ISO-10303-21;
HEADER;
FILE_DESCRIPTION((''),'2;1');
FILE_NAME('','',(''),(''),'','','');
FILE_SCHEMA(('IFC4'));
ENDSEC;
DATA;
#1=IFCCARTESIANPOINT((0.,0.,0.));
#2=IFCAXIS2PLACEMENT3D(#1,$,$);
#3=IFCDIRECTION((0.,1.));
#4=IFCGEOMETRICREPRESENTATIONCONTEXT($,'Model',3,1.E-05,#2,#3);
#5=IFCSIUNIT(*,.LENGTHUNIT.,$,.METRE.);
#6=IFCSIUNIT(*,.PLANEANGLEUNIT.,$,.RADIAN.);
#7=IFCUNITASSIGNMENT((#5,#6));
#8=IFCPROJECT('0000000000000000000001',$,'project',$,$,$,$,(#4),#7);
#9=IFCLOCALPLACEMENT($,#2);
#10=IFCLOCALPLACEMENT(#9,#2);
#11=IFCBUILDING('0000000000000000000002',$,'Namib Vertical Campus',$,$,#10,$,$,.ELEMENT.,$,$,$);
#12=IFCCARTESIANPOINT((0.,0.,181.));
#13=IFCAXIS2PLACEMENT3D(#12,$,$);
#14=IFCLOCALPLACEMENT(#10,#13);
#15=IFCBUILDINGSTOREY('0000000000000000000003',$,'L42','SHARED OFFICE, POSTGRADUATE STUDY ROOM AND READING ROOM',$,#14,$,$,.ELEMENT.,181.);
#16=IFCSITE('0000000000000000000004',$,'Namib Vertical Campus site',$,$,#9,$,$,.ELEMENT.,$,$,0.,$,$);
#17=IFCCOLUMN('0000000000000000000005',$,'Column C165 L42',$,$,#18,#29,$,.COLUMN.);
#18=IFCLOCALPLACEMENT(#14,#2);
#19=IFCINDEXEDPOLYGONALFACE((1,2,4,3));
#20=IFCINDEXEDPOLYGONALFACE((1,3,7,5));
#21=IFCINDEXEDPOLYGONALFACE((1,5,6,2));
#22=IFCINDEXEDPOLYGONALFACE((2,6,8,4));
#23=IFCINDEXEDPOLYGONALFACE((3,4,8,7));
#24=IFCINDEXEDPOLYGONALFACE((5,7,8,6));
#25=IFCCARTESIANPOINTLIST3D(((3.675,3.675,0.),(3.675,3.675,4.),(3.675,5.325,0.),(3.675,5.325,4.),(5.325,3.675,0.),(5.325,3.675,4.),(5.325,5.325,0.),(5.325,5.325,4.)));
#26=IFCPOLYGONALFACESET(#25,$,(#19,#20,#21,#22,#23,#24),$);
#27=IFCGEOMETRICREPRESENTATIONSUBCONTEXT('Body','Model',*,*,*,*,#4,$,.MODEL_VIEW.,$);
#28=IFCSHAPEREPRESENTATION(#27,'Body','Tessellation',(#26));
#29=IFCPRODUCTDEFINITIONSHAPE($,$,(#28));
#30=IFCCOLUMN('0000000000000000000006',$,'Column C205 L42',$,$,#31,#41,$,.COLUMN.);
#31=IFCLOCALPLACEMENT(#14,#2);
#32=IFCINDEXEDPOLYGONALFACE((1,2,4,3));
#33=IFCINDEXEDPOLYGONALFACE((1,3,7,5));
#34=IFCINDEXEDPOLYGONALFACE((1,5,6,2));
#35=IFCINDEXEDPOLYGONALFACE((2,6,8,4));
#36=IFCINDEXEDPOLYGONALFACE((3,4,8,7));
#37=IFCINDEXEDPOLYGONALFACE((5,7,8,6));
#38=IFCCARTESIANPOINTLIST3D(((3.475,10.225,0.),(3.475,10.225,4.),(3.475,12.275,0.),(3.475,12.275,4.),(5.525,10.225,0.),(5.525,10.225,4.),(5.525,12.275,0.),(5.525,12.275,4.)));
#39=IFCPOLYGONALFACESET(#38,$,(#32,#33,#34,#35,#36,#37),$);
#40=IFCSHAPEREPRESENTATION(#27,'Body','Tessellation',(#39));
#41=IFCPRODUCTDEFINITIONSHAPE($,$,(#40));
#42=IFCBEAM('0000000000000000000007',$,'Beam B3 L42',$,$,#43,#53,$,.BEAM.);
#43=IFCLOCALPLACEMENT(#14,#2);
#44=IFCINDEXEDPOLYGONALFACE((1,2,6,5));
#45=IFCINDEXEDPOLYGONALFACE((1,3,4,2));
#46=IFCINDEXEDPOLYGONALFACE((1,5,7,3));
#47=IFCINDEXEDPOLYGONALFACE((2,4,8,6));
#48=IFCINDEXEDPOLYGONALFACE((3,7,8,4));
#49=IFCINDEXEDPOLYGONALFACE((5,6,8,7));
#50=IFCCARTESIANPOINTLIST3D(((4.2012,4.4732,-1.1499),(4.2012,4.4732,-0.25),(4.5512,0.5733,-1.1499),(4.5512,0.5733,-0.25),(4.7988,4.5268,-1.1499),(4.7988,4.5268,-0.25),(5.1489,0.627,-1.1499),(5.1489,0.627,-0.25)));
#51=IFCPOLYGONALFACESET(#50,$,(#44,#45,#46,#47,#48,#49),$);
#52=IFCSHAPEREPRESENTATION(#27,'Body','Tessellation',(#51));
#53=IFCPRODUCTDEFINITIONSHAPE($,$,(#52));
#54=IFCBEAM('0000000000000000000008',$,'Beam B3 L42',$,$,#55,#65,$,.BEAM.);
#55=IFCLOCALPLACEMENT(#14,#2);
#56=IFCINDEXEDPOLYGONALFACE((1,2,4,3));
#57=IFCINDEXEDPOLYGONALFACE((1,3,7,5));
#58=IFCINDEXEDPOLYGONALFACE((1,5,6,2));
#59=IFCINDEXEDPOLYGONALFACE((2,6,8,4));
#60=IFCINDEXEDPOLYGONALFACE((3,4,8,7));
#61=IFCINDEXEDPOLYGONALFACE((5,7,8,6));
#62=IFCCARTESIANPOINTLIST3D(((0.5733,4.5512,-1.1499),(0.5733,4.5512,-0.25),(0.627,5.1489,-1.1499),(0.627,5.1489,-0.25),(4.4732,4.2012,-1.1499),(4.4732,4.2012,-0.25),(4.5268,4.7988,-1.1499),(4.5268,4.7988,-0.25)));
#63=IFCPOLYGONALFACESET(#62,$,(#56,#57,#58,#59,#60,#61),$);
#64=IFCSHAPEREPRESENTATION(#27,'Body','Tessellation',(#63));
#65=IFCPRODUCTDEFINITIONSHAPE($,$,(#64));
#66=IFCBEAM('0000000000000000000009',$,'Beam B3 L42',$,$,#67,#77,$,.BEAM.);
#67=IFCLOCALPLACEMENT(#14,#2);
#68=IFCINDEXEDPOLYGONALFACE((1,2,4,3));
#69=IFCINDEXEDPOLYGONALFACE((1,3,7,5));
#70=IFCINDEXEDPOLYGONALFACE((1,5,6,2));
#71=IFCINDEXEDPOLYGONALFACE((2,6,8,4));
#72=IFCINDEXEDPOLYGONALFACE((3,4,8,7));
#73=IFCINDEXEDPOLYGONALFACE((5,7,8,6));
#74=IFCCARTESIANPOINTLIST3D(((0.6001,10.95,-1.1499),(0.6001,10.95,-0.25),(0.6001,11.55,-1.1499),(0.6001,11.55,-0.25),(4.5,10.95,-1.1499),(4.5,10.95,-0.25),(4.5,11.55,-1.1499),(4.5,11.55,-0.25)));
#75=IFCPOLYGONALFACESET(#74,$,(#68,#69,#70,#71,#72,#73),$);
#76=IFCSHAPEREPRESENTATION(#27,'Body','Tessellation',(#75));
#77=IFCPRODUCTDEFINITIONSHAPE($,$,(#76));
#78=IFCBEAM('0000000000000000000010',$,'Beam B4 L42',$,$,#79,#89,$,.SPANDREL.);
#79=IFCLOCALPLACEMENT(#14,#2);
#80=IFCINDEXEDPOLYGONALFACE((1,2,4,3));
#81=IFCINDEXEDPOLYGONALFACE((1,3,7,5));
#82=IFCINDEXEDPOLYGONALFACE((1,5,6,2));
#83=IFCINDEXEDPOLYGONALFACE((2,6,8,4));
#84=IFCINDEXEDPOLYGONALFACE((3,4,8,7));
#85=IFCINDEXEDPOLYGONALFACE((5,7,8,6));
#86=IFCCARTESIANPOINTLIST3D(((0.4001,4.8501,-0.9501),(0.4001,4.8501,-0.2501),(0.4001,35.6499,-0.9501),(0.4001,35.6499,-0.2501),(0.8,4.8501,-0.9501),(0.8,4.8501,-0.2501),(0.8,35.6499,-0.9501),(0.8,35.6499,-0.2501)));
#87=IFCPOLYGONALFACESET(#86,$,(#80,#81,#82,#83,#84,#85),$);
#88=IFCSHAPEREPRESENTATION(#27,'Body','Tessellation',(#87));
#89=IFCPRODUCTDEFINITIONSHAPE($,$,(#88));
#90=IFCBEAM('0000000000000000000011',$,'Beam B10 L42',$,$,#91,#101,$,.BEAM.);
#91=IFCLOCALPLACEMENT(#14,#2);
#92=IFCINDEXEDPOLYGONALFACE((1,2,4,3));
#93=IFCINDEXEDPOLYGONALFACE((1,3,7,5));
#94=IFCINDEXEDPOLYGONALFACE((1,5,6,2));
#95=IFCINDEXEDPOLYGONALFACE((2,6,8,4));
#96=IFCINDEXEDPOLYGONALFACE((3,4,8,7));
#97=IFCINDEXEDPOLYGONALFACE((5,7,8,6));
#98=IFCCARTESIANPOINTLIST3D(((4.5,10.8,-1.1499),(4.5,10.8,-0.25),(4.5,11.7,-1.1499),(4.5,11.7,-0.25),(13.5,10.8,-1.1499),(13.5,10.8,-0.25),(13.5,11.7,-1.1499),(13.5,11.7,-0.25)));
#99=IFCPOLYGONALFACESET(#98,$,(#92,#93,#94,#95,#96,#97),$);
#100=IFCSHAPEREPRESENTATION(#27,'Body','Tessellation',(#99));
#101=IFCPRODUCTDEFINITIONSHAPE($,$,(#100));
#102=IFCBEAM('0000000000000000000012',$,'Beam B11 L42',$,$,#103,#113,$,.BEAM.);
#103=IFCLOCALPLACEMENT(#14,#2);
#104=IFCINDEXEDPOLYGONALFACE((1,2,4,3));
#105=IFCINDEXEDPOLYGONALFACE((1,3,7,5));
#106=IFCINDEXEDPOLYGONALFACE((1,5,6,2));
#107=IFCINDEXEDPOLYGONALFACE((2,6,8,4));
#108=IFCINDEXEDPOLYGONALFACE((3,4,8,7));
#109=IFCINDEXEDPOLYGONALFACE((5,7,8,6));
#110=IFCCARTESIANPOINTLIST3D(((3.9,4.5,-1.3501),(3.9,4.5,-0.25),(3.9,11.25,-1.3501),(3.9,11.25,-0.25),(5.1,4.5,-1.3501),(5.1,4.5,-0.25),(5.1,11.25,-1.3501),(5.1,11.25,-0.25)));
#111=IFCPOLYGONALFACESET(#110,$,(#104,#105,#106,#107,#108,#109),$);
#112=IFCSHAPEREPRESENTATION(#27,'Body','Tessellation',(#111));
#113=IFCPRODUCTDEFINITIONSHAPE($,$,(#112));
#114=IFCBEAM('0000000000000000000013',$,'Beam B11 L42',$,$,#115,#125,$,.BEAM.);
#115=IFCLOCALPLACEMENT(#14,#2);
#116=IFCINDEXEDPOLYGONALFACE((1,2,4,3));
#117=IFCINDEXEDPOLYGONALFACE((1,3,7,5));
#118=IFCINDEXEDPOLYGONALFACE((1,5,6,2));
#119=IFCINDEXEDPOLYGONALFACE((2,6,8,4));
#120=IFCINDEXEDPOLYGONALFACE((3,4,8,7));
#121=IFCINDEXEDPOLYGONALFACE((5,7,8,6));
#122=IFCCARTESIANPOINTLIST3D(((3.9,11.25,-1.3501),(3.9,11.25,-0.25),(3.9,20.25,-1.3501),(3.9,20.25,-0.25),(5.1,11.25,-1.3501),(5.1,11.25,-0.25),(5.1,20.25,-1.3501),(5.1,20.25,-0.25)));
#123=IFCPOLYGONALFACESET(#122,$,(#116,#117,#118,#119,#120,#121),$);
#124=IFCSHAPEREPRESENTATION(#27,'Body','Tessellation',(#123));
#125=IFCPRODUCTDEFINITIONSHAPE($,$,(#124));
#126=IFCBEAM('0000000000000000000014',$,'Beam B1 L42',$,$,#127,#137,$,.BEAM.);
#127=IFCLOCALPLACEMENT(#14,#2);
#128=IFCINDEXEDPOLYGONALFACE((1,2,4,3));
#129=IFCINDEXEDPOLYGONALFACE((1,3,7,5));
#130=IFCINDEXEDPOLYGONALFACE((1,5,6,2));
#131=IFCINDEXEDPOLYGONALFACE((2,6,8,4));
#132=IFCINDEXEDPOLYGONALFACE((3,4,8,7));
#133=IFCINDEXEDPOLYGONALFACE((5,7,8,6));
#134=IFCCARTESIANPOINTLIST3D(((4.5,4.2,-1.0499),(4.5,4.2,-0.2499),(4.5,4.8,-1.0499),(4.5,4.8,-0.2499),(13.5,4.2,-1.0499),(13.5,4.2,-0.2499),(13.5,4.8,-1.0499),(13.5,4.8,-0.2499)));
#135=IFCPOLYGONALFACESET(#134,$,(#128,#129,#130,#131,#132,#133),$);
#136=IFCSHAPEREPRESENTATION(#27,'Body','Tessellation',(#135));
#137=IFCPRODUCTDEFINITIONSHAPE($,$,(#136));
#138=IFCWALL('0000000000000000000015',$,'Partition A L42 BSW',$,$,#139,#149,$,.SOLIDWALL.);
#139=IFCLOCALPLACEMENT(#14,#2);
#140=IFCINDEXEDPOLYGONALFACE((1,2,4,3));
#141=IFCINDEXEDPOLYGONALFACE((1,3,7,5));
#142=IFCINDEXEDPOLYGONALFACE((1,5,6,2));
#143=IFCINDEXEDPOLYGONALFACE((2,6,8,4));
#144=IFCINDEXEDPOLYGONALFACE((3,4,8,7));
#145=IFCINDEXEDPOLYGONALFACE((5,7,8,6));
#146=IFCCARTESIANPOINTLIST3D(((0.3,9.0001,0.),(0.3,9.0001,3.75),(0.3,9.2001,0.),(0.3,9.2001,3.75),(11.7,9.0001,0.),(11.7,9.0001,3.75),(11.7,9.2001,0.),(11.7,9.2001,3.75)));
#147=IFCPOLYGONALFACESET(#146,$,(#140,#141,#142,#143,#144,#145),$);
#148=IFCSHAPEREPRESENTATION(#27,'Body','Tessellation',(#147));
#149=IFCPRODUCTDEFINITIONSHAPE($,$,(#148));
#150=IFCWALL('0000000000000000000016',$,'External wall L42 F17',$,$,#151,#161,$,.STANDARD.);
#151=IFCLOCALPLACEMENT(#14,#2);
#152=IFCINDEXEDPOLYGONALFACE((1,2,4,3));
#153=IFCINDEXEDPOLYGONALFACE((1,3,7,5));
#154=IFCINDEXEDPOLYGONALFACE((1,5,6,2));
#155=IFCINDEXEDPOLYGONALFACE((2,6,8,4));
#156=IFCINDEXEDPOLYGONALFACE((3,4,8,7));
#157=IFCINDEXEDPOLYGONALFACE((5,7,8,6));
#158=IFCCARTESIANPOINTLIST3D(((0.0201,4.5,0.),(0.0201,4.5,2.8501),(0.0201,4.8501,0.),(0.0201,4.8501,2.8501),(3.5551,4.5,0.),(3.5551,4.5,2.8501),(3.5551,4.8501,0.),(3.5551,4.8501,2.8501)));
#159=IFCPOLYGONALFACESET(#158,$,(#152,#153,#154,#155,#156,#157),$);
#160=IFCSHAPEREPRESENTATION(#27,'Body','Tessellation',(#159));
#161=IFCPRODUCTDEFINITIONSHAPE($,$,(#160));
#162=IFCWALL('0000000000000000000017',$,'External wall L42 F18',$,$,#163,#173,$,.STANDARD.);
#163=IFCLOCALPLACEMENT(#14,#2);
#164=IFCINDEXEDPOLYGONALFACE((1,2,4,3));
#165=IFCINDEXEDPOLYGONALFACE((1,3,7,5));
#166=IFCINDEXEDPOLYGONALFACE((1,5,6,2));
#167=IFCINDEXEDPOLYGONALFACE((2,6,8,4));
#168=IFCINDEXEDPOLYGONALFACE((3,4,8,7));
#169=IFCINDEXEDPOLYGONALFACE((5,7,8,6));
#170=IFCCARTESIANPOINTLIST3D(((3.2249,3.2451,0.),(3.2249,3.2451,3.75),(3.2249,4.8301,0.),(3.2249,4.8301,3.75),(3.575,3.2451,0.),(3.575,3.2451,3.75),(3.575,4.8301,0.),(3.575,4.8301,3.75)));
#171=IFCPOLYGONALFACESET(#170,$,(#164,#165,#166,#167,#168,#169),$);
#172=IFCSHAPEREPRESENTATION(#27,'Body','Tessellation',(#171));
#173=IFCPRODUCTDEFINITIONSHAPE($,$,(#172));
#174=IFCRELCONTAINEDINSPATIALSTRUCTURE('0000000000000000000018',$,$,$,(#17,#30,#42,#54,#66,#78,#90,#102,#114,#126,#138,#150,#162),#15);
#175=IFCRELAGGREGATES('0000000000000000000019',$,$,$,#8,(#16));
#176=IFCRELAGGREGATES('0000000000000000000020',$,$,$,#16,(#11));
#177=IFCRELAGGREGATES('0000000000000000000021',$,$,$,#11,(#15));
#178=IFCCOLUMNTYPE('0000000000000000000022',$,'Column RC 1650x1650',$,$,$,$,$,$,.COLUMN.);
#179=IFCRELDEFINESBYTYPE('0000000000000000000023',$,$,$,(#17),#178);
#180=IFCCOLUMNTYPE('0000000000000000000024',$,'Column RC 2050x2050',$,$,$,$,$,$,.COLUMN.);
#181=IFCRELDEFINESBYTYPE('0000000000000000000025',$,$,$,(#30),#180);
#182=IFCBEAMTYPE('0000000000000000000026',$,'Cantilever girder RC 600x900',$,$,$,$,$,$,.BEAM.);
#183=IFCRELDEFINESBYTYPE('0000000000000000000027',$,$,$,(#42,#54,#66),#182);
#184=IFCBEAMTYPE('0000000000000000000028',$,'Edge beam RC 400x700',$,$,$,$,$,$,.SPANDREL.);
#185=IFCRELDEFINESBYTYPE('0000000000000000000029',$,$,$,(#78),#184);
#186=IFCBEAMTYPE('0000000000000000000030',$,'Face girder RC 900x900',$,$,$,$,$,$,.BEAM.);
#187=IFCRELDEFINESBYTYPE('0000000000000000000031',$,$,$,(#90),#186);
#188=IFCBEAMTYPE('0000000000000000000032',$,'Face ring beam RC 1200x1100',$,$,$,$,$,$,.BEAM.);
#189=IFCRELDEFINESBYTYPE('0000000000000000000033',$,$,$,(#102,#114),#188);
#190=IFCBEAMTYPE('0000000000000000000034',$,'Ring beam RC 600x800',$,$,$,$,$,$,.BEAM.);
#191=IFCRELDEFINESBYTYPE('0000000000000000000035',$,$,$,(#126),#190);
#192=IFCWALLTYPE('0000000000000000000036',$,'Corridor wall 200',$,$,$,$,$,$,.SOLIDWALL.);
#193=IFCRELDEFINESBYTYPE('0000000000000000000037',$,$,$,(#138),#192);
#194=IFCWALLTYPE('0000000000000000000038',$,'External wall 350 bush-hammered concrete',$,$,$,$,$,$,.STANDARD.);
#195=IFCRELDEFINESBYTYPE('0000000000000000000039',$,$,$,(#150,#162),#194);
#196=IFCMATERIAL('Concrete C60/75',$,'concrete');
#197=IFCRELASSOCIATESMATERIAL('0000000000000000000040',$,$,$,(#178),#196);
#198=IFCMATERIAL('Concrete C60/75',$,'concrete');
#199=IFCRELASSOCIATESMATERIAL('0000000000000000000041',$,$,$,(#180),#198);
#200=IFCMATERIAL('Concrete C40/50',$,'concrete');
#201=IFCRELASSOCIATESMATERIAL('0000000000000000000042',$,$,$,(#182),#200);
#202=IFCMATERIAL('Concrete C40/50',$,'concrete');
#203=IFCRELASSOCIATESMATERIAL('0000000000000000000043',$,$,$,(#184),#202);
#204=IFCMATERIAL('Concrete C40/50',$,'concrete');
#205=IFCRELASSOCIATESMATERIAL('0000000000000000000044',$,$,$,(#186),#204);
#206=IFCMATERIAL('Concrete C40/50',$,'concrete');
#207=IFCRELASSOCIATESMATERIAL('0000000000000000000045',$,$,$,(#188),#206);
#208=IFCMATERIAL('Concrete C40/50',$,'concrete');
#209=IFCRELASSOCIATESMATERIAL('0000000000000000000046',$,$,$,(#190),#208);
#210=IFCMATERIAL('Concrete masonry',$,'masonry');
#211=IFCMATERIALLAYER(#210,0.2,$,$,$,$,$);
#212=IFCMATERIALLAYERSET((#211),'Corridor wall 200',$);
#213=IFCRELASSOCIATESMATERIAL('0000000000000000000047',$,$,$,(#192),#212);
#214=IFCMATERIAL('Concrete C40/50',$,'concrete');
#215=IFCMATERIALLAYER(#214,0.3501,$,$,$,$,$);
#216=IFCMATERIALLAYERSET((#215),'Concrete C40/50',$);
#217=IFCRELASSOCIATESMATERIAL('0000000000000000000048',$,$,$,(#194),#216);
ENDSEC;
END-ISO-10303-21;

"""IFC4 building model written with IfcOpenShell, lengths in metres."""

from ifc_helpers import new_model, si_unit, direction, frame, frame_2d, origin, origin_2d, place, context, subcontext, project, spatial, rectangle, extrude, material, layer, layer_set, material_profile, profile_set, type_object, element, save


model = new_model("IFC4")

# Units and contexts
model_context = context("Model", 3, precision=1e-05, world=origin(), true_north=direction((0.0, 1.0)))
body_context = subcontext(model_context, "Body", "Model", "MODEL_VIEW")
ifc_project = project(units=[si_unit("LENGTHUNIT", "METRE"), si_unit("PLANEANGLEUNIT", "RADIAN")], contexts=[model_context])

# Site, building, storey
site_placement = place(None, origin())
site = spatial("IfcSite", under=ifc_project, at=site_placement, Name="Namib Vertical Campus site", CompositionType="ELEMENT", RefElevation=0.0)
building_placement = place(site_placement, origin())
building = spatial("IfcBuilding", under=site, at=building_placement, Name="Namib Vertical Campus", CompositionType="ELEMENT")
storey_placement = place(building_placement, frame((0.0, 0.0, 181.0)))
storey = spatial("IfcBuildingStorey", under=building, at=storey_placement, Name="L42", Description="SHARED OFFICE, POSTGRADUATE STUDY ROOM AND READING ROOM", CompositionType="ELEMENT", Elevation=181.0)

# Columns
ifc_material_1 = material(Name="Concrete C60/75", Category="concrete")
ifc_material_profile_1 = material_profile(ifc_material_1, rectangle(XDim=1.6499, YDim=1.6499, at=origin_2d()))
ifc_profile_set_1 = profile_set([ifc_material_profile_1], Name="Concrete C60/75")
column_type_1 = type_object("IfcColumnType", Name="Column RC 1650x1650", PredefinedType="COLUMN", material=ifc_profile_set_1)
column_1_placement = place(storey_placement, frame((4.5, 4.5, 0.0), z_axis=(0.0, 0.0, 1.0), x_axis=(1.0, 0.0, 0.0)))
element("IfcColumn", 1, at=column_1_placement, inside=storey, type_object=column_type_1, Name="Column C165 L42", PredefinedType="COLUMN", context=body_context, shape_type="SweptSolid", body=[
    extrude(rectangle(XDim=1.6499, YDim=1.6499, at=origin_2d()), origin(), (0.0, 0.0, 1.0), 4.0),
])
ifc_material_2 = material(Name="Concrete C60/75", Category="concrete")
ifc_material_profile_2 = material_profile(ifc_material_2, rectangle(XDim=2.05, YDim=2.05, at=origin_2d()))
ifc_profile_set_2 = profile_set([ifc_material_profile_2], Name="Concrete C60/75")
column_type_2 = type_object("IfcColumnType", Name="Column RC 2050x2050", PredefinedType="COLUMN", material=ifc_profile_set_2)
column_2_placement = place(storey_placement, frame((4.5, 11.25, 0.0), z_axis=(0.0, 0.0, 1.0), x_axis=(1.0, 0.0, 0.0)))
element("IfcColumn", 2, at=column_2_placement, inside=storey, type_object=column_type_2, Name="Column C205 L42", PredefinedType="COLUMN", context=body_context, shape_type="SweptSolid", body=[
    extrude(rectangle(XDim=2.05, YDim=2.05, at=origin_2d()), origin(), (0.0, 0.0, 1.0), 4.0),
])

# Beams
ifc_material_3 = material(Name="Concrete C40/50", Category="concrete")
ifc_material_profile_3 = material_profile(ifc_material_3, rectangle(XDim=0.6001, YDim=0.8999, at=origin_2d()))
ifc_profile_set_3 = profile_set([ifc_material_profile_3], Name="Concrete C40/50")
beam_type_1 = type_object("IfcBeamType", Name="Cantilever girder RC 600x900", PredefinedType="BEAM", material=ifc_profile_set_3)
for number, where, z_axis, x_axis, name in (
    (3, (4.5, 4.5, -0.7), (0.089411, -0.995995, 0.0), (0.995995, 0.089411, 0.0), "Beam B3 L42"),
    (4, (4.5, 4.5, -0.7), (-0.995995, 0.089411, 0.0), (-0.089411, -0.995995, 0.0), "Beam B3 L42"),
):
    element("IfcBeam", number, at=place(storey_placement, frame(where, z_axis=z_axis, x_axis=x_axis)), inside=storey, type_object=beam_type_1, Name=name, PredefinedType="BEAM", context=body_context, shape_type="SweptSolid", body=[
        extrude(rectangle(XDim=0.6001, YDim=0.8999, at=origin_2d()), origin(), (0.0, 0.0, 1.0), 3.9155),
    ])
beam_1_placement = place(storey_placement, frame((4.5, 11.25, -0.7), z_axis=(-1.0, 0.0, 0.0), x_axis=(0.0, -1.0, 0.0)))
element("IfcBeam", 5, at=beam_1_placement, inside=storey, type_object=beam_type_1, Name="Beam B3 L42", PredefinedType="BEAM", context=body_context, shape_type="SweptSolid", body=[
    extrude(rectangle(XDim=0.6001, YDim=0.8999, at=origin_2d()), origin(), (0.0, 0.0, 1.0), 3.8999),
])
ifc_material_4 = material(Name="Concrete C40/50", Category="concrete")
ifc_material_profile_4 = material_profile(ifc_material_4, rectangle(XDim=0.3999, YDim=0.7, at=origin_2d()))
ifc_profile_set_4 = profile_set([ifc_material_profile_4], Name="Concrete C40/50")
beam_type_2 = type_object("IfcBeamType", Name="Edge beam RC 400x700", PredefinedType="SPANDREL", material=ifc_profile_set_4)
beam_2_placement = place(storey_placement, frame((0.6001, 4.8501, -0.6001), z_axis=(0.0, 1.0, 0.0), x_axis=(-1.0, 0.0, 0.0)))
element("IfcBeam", 6, at=beam_2_placement, inside=storey, type_object=beam_type_2, Name="Beam B4 L42", PredefinedType="SPANDREL", context=body_context, shape_type="SweptSolid", body=[
    extrude(rectangle(XDim=0.3999, YDim=0.7, at=origin_2d()), origin(), (0.0, 0.0, 1.0), 30.7998),
])
ifc_material_5 = material(Name="Concrete C40/50", Category="concrete")
ifc_material_profile_5 = material_profile(ifc_material_5, rectangle(XDim=0.8999, YDim=0.8999, at=origin_2d()))
ifc_profile_set_5 = profile_set([ifc_material_profile_5], Name="Concrete C40/50")
beam_type_3 = type_object("IfcBeamType", Name="Face girder RC 900x900", PredefinedType="BEAM", material=ifc_profile_set_5)
beam_3_placement = place(storey_placement, frame((4.5, 11.25, -0.7), z_axis=(1.0, 0.0, 0.0), x_axis=(0.0, 1.0, 0.0)))
element("IfcBeam", 7, at=beam_3_placement, inside=storey, type_object=beam_type_3, Name="Beam B10 L42", PredefinedType="BEAM", context=body_context, shape_type="SweptSolid", body=[
    extrude(rectangle(XDim=0.8999, YDim=0.8999, at=origin_2d()), origin(), (0.0, 0.0, 1.0), 9.0),
])
ifc_material_6 = material(Name="Concrete C40/50", Category="concrete")
ifc_material_profile_6 = material_profile(ifc_material_6, rectangle(XDim=1.2, YDim=1.1001, at=origin_2d()))
ifc_profile_set_6 = profile_set([ifc_material_profile_6], Name="Concrete C40/50")
beam_type_4 = type_object("IfcBeamType", Name="Face ring beam RC 1200x1100", PredefinedType="BEAM", material=ifc_profile_set_6)
beam_4_placement = place(storey_placement, frame((4.5, 4.5, -0.8), z_axis=(0.0, 1.0, 0.0), x_axis=(-1.0, 0.0, 0.0)))
element("IfcBeam", 8, at=beam_4_placement, inside=storey, type_object=beam_type_4, Name="Beam B11 L42", PredefinedType="BEAM", context=body_context, shape_type="SweptSolid", body=[
    extrude(rectangle(XDim=1.2, YDim=1.1001, at=origin_2d()), origin(), (0.0, 0.0, 1.0), 6.75),
])
beam_5_placement = place(storey_placement, frame((4.5, 11.25, -0.8), z_axis=(0.0, 1.0, 0.0), x_axis=(-1.0, 0.0, 0.0)))
element("IfcBeam", 9, at=beam_5_placement, inside=storey, type_object=beam_type_4, Name="Beam B11 L42", PredefinedType="BEAM", context=body_context, shape_type="SweptSolid", body=[
    extrude(rectangle(XDim=1.2, YDim=1.1001, at=origin_2d()), origin(), (0.0, 0.0, 1.0), 9.0),
])
ifc_material_7 = material(Name="Concrete C40/50", Category="concrete")
ifc_material_profile_7 = material_profile(ifc_material_7, rectangle(XDim=0.6001, YDim=0.8, at=origin_2d()))
ifc_profile_set_7 = profile_set([ifc_material_profile_7], Name="Concrete C40/50")
beam_type_5 = type_object("IfcBeamType", Name="Ring beam RC 600x800", PredefinedType="BEAM", material=ifc_profile_set_7)
beam_6_placement = place(storey_placement, frame((4.5, 4.5, -0.6499), z_axis=(1.0, 0.0, 0.0), x_axis=(0.0, 1.0, 0.0)))
element("IfcBeam", 10, at=beam_6_placement, inside=storey, type_object=beam_type_5, Name="Beam B1 L42", PredefinedType="BEAM", context=body_context, shape_type="SweptSolid", body=[
    extrude(rectangle(XDim=0.6001, YDim=0.8, at=origin_2d()), origin(), (0.0, 0.0, 1.0), 9.0),
])

# Walls
ifc_material_8 = material(Name="Concrete masonry", Category="masonry")
ifc_layer_1 = layer(ifc_material_8, 0.2)
ifc_layer_set_1 = layer_set([ifc_layer_1], Name="Corridor wall 200")
wall_type_1 = type_object("IfcWallType", Name="Corridor wall 200", PredefinedType="SOLIDWALL", material=ifc_layer_set_1)
wall_1_placement = place(storey_placement, frame((0.3, 9.1001, 0.0), z_axis=(0.0, 0.0, 1.0), x_axis=(1.0, 0.0, 0.0)))
element("IfcWall", 11, at=wall_1_placement, inside=storey, type_object=wall_type_1, Name="Partition A L42 BSW", PredefinedType="SOLIDWALL", context=body_context, shape_type="SweptSolid", body=[
    extrude(rectangle(XDim=11.3999, YDim=0.2, at=frame_2d((5.7, 0.0))), origin(), (0.0, 0.0, 1.0), 3.75),
])
ifc_material_9 = material(Name="Concrete C40/50", Category="concrete")
ifc_layer_2 = layer(ifc_material_9, 0.3501)
ifc_layer_set_2 = layer_set([ifc_layer_2], Name="Concrete C40/50")
wall_type_2 = type_object("IfcWallType", Name="External wall 350 bush-hammered concrete", PredefinedType="STANDARD", material=ifc_layer_set_2)
wall_2_placement = place(storey_placement, frame((0.02, 4.675, 0.0), z_axis=(0.0, 0.0, 1.0), x_axis=(1.0, 0.0, 0.0)))
element("IfcWall", 12, at=wall_2_placement, inside=storey, type_object=wall_type_2, Name="External wall L42 F17", PredefinedType="STANDARD", context=body_context, shape_type="SweptSolid", body=[
    extrude(rectangle(XDim=3.5349, YDim=0.3501, at=frame_2d((1.7676, 0.0))), origin(), (0.0, 0.0, 1.0), 2.8501),
])
for number, where, z_axis, x_axis, name in (
    (13, (3.3999, 4.8301, 0.0), (0.0, 0.0, 1.0), (0.0, -1.0, 0.0), "External wall L42 F18"),
):
    element("IfcWall", number, at=place(storey_placement, frame(where, z_axis=z_axis, x_axis=x_axis)), inside=storey, type_object=wall_type_2, Name=name, PredefinedType="STANDARD", context=body_context, shape_type="SweptSolid", body=[
        extrude(rectangle(XDim=1.585, YDim=0.3501, at=frame_2d((0.7925, 0.0))), origin(), (0.0, 0.0, 1.0), 3.75),
    ])

save(model, "model.ifc")
